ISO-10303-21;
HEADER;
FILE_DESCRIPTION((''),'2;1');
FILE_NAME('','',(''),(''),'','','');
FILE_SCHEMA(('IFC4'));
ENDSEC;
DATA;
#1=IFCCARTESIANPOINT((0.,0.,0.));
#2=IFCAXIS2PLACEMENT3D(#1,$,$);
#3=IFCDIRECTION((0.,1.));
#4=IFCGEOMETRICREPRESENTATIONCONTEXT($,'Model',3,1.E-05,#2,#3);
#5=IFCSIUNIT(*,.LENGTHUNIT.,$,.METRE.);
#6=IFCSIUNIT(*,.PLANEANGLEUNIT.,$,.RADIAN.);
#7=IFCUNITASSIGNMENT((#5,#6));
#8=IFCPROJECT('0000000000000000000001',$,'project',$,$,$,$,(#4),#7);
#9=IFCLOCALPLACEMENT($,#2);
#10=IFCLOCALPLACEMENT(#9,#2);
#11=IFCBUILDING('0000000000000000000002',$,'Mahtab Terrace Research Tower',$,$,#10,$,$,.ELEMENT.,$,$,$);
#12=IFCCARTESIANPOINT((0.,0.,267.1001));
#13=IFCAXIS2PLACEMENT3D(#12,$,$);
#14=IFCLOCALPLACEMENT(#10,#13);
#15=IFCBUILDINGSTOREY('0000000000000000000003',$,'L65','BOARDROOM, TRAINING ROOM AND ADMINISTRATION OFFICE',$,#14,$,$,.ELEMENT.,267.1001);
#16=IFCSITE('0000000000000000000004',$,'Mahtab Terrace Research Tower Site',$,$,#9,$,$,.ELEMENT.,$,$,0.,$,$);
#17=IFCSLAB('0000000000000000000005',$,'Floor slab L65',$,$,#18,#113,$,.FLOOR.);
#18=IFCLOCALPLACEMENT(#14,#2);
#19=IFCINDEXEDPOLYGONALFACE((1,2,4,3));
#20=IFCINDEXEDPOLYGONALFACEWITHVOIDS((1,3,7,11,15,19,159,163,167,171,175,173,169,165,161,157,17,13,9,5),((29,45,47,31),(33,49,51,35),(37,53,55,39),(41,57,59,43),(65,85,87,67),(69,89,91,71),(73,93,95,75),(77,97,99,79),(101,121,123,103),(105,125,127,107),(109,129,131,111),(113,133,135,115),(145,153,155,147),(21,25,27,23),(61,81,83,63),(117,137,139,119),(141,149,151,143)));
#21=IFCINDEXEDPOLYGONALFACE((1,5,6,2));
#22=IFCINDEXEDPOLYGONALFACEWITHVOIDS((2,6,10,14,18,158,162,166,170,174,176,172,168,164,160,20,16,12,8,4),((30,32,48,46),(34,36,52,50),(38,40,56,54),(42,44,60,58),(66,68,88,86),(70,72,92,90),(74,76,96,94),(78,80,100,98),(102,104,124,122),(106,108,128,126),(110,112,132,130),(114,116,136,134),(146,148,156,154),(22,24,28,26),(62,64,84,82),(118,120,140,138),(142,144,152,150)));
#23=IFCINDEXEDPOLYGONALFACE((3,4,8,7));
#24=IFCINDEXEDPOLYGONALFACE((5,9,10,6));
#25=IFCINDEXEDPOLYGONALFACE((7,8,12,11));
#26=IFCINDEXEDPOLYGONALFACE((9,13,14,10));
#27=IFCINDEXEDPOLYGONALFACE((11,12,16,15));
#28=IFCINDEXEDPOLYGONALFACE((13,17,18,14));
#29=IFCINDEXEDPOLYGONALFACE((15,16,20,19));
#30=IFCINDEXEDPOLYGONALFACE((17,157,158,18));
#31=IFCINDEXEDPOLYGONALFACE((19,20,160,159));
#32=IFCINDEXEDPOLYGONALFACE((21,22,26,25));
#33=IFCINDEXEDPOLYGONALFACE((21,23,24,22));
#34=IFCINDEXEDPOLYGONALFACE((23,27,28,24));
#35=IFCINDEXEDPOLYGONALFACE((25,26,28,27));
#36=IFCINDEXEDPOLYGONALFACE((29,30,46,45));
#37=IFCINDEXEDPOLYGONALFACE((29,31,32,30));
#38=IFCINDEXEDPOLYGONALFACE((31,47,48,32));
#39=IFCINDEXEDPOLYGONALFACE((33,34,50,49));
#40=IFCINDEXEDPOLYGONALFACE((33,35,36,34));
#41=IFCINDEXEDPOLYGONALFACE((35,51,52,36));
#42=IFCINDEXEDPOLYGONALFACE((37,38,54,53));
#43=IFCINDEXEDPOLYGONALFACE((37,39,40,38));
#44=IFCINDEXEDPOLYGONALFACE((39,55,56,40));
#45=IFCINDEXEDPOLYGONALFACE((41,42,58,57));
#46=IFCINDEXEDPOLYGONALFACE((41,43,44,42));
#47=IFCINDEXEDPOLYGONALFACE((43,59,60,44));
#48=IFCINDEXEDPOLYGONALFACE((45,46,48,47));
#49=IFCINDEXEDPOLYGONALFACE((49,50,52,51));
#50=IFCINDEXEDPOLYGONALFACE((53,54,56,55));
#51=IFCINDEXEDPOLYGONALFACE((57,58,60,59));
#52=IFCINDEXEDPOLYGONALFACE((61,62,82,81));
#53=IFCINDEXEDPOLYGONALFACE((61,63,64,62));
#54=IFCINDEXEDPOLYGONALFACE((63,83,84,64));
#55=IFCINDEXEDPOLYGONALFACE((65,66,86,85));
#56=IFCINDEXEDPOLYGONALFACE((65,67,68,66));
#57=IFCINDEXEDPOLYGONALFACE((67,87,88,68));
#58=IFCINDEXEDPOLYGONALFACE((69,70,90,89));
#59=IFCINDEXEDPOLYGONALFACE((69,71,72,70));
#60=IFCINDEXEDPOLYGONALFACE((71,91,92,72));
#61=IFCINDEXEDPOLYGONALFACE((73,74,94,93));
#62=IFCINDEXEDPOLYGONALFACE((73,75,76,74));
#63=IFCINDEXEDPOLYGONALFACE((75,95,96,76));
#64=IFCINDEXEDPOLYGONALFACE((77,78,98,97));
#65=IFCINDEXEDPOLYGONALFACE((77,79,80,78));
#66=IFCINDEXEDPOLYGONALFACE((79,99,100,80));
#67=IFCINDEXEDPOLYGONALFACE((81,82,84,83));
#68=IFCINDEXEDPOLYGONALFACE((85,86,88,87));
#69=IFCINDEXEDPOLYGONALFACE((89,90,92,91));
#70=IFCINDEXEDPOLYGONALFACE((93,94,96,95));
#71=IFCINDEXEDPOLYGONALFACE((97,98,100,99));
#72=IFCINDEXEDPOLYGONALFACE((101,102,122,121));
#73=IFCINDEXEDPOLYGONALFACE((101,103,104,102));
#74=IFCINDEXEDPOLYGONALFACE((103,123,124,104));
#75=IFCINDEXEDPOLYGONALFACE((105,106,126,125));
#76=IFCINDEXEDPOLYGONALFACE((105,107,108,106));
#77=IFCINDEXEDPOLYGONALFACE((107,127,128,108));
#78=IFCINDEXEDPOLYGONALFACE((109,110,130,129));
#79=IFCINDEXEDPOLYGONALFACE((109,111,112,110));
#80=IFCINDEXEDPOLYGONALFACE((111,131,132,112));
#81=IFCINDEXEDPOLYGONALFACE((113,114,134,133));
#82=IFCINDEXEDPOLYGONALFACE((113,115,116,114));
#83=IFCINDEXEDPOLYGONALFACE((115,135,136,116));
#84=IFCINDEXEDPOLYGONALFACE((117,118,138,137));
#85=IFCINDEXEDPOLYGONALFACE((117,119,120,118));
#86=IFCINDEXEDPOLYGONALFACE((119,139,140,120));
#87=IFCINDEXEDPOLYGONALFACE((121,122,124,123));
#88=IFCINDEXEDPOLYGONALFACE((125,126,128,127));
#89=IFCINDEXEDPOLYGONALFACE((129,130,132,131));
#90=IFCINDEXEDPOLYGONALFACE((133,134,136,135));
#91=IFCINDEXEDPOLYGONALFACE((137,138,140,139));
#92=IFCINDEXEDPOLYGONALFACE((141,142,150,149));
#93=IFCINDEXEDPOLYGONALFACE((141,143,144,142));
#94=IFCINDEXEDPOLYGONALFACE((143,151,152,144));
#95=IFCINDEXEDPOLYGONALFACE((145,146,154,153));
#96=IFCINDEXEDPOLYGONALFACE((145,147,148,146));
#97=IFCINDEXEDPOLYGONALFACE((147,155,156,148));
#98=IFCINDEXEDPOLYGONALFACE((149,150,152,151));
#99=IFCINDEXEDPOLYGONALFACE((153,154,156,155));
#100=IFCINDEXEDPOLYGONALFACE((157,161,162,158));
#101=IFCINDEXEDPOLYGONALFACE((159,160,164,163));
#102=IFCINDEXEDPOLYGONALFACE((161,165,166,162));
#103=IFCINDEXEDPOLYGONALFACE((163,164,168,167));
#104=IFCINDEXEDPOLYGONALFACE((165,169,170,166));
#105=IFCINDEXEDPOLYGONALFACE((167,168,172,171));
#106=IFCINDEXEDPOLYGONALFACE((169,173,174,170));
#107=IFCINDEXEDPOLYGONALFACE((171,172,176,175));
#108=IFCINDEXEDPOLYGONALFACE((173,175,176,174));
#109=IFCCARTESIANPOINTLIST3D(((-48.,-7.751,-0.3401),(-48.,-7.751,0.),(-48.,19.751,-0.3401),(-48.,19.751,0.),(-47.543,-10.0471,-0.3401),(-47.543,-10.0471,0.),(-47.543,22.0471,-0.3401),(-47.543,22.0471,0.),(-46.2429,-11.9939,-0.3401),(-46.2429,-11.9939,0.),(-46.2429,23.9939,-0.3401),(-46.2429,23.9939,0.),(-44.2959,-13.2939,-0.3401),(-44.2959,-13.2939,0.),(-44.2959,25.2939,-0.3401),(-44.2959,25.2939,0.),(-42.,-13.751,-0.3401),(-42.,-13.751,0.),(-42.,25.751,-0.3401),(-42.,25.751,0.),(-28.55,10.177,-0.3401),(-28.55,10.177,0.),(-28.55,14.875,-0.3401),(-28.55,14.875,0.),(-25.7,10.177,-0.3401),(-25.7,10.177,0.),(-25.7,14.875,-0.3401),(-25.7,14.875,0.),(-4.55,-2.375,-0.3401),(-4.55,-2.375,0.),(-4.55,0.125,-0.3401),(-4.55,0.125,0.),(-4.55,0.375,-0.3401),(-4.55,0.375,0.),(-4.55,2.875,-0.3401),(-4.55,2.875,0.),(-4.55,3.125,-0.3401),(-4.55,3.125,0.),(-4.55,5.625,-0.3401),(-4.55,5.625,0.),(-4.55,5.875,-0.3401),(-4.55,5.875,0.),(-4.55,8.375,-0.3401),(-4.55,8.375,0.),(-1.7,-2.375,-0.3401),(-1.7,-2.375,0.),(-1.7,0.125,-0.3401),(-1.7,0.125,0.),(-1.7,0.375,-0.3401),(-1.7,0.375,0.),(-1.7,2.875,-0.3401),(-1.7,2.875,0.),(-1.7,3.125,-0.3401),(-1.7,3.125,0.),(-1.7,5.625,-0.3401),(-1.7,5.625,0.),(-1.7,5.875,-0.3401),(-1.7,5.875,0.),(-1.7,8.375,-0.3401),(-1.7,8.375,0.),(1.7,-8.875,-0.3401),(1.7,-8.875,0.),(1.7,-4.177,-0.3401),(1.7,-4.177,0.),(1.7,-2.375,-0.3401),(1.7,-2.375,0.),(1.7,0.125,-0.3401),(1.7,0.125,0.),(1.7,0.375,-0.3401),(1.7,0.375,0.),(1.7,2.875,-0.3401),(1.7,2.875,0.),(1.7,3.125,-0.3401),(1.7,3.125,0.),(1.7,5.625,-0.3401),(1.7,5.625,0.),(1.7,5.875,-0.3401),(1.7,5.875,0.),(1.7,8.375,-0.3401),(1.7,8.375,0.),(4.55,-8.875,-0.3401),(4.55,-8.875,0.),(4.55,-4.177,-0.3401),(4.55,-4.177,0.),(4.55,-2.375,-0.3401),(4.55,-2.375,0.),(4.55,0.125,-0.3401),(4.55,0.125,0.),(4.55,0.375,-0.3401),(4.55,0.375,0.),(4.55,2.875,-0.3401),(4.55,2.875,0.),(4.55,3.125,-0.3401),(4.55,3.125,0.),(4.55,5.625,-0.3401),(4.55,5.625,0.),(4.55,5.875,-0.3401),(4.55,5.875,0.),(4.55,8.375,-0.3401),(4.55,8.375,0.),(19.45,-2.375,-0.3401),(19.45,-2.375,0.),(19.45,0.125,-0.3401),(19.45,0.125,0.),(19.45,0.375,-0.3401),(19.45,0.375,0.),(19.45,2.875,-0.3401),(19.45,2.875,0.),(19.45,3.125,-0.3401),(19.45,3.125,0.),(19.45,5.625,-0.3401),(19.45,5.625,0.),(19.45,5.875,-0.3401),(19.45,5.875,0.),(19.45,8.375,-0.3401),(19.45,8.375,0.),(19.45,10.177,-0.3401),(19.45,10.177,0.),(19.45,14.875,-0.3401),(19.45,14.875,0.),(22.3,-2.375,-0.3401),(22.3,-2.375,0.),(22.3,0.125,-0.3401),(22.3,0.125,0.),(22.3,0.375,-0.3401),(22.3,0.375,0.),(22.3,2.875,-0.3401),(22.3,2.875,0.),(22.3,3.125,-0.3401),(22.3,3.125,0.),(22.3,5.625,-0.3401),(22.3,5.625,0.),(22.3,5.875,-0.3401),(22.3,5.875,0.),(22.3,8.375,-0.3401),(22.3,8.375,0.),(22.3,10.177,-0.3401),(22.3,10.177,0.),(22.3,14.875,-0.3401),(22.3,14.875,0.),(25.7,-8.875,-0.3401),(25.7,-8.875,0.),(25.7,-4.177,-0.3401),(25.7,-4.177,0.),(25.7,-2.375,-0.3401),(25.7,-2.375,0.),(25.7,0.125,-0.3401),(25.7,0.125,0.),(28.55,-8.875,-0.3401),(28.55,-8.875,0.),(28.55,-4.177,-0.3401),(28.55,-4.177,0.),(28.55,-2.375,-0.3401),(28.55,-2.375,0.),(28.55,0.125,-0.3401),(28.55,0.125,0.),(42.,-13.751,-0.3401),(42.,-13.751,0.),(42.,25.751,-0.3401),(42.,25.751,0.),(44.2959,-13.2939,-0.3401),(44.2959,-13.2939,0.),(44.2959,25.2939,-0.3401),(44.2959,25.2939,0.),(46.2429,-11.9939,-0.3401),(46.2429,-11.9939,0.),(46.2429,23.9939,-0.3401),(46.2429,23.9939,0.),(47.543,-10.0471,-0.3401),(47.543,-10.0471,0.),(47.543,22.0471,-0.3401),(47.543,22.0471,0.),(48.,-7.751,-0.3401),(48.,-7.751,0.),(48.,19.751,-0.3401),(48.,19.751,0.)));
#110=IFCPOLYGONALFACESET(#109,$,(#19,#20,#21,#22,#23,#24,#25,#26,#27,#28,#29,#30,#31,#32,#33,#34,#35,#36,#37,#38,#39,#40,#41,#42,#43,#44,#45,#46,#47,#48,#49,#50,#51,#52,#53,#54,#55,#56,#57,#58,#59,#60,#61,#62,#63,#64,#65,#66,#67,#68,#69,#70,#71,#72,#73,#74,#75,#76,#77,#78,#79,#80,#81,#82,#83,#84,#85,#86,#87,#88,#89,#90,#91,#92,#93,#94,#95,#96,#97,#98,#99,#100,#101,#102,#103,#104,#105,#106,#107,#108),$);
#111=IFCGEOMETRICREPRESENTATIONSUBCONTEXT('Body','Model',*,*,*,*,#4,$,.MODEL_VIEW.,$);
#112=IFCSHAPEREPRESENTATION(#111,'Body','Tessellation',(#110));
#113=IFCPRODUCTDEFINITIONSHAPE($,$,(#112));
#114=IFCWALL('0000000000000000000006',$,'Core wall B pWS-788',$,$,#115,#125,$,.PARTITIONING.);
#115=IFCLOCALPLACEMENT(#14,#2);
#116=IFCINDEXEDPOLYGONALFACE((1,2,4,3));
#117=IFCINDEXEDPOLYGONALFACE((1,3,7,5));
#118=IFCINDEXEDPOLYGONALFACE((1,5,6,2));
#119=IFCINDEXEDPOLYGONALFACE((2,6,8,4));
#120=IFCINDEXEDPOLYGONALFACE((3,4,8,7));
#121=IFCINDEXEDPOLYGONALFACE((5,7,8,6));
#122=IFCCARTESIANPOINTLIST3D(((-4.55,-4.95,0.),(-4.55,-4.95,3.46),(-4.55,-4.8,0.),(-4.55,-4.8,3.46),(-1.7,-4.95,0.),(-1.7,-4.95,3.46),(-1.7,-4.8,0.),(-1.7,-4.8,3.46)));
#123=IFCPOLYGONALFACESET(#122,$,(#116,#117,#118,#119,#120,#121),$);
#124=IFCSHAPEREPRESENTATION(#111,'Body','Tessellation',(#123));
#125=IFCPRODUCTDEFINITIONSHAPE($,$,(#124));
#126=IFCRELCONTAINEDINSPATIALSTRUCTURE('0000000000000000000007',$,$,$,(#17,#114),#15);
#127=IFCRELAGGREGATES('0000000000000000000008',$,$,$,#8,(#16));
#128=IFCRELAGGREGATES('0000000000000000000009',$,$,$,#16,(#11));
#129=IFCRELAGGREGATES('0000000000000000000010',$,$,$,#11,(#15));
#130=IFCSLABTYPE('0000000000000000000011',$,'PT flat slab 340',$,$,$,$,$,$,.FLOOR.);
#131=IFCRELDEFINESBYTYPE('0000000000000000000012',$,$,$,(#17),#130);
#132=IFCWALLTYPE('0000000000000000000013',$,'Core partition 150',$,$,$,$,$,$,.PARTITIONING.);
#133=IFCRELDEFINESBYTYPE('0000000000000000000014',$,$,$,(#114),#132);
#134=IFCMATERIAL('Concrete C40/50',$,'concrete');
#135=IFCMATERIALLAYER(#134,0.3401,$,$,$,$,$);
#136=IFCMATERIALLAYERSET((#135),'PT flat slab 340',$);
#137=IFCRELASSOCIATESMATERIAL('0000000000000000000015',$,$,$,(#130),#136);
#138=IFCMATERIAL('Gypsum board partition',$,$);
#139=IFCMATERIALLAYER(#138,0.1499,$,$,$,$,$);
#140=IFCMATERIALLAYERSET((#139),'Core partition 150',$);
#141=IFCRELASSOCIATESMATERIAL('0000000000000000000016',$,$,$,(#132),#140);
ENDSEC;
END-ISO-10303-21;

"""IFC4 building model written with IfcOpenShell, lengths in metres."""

from ifc_helpers import new_model, si_unit, direction, frame, frame_2d, origin, place, context, subcontext, project, spatial, polyline, rectangle, outline, extrude, material, layer, layer_set, type_object, element, save


model = new_model("IFC4")

# Units and contexts
model_context = context("Model", 3, precision=1e-05, world=origin(), true_north=direction((0.0, 1.0)))
body_context = subcontext(model_context, "Body", "Model", "MODEL_VIEW")
ifc_project = project(units=[si_unit("LENGTHUNIT", "METRE"), si_unit("PLANEANGLEUNIT", "RADIAN")], contexts=[model_context])

# Site, building, storey
site_placement = place(None, origin())
site = spatial("IfcSite", under=ifc_project, at=site_placement, Name="Mahtab Terrace Research Tower Site", CompositionType="ELEMENT", RefElevation=0.0)
building_placement = place(site_placement, origin())
building = spatial("IfcBuilding", under=site, at=building_placement, Name="Mahtab Terrace Research Tower", CompositionType="ELEMENT")
storey_placement = place(building_placement, frame((0.0, 0.0, 267.1001)))
storey = spatial("IfcBuildingStorey", under=building, at=storey_placement, Name="L65", Description="BOARDROOM, TRAINING ROOM AND ADMINISTRATION OFFICE", CompositionType="ELEMENT", Elevation=267.1001)

# Slab
ifc_material_1 = material(Name="Concrete C40/50", Category="concrete")
ifc_layer_1 = layer(ifc_material_1, 0.3401)
ifc_layer_set_1 = layer_set([ifc_layer_1], Name="PT flat slab 340")
slab_type = type_object("IfcSlabType", Name="PT flat slab 340", PredefinedType="FLOOR", material=ifc_layer_set_1)
slab_placement = place(storey_placement, frame((0.0, 0.0, -0.3401)))
element("IfcSlab", 1, at=slab_placement, inside=storey, type_object=slab_type, Name="Floor slab L65", PredefinedType="FLOOR", context=body_context, shape_type="SweptSolid", body=[
    extrude(outline(polyline([(47.543, 22.0471), (46.2429, 23.9939), (44.2959, 25.2939), (42.0, 25.751), (-42.0, 25.751), (-44.2959, 25.2939), (-46.2429, 23.9939), (-47.543, 22.0471), (-48.0, 19.751), (-48.0, -7.751), (-47.543, -10.0471), (-46.2429, -11.9939), (-44.2959, -13.2939), (-42.0, -13.751), (42.0, -13.751), (44.2959, -13.2939), (46.2429, -11.9939), (47.543, -10.0471), (48.0, -7.751), (48.0, 19.751), (47.543, 22.0471)]), holes=[polyline([(-4.55, -2.375), (-4.55, 0.125), (-1.7, 0.125), (-1.7, -2.375), (-4.55, -2.375)]), polyline([(1.7, -2.375), (1.7, 0.125), (4.55, 0.125), (4.55, -2.375), (1.7, -2.375)]), polyline([(-4.55, 0.375), (-4.55, 2.875), (-1.7, 2.875), (-1.7, 0.375), (-4.55, 0.375)]), polyline([(1.7, 0.375), (1.7, 2.875), (4.55, 2.875), (4.55, 0.375), (1.7, 0.375)]), polyline([(-4.55, 3.125), (-4.55, 5.625), (-1.7, 5.625), (-1.7, 3.125), (-4.55, 3.125)]), polyline([(1.7, 3.125), (1.7, 5.625), (4.55, 5.625), (4.55, 3.125), (1.7, 3.125)]), polyline([(-4.55, 5.875), (-4.55, 8.375), (-1.7, 8.375), (-1.7, 5.875), (-4.55, 5.875)]), polyline([(1.7, 5.875), (1.7, 8.375), (4.55, 8.375), (4.55, 5.875), (1.7, 5.875)]), polyline([(-28.55, 10.177), (-28.55, 14.875), (-25.7, 14.875), (-25.7, 10.177), (-28.55, 10.177)]), polyline([(1.7, -8.875), (1.7, -4.177), (4.55, -4.177), (4.55, -8.875), (1.7, -8.875)]), polyline([(25.7, -8.875), (25.7, -4.177), (28.55, -4.177), (28.55, -8.875), (25.7, -8.875)]), polyline([(19.45, -2.375), (19.45, 0.125), (22.3, 0.125), (22.3, -2.375), (19.45, -2.375)]), polyline([(25.7, -2.375), (25.7, 0.125), (28.55, 0.125), (28.55, -2.375), (25.7, -2.375)]), polyline([(19.45, 0.375), (19.45, 2.875), (22.3, 2.875), (22.3, 0.375), (19.45, 0.375)]), polyline([(19.45, 3.125), (19.45, 5.625), (22.3, 5.625), (22.3, 3.125), (19.45, 3.125)]), polyline([(19.45, 8.375), (22.3, 8.375), (22.3, 5.875), (19.45, 5.875), (19.45, 8.375)]), polyline([(19.45, 14.875), (22.3, 14.875), (22.3, 10.177), (19.45, 10.177), (19.45, 14.875)])]), origin(), (0.0, 0.0, 1.0), 0.3401),
])

# Wall
ifc_material_2 = material(Name="Gypsum board partition")
ifc_layer_2 = layer(ifc_material_2, 0.1499)
ifc_layer_set_2 = layer_set([ifc_layer_2], Name="Core partition 150")
wall_type_1 = type_object("IfcWallType", Name="Core partition 150", PredefinedType="PARTITIONING", material=ifc_layer_set_2)
wall_1_placement = place(storey_placement, frame((-4.55, -4.875, 0.0), z_axis=(0.0, 0.0, 1.0), x_axis=(1.0, 0.0, 0.0)))
element("IfcWall", 2, at=wall_1_placement, inside=storey, type_object=wall_type_1, Name="Core wall B pWS-788", PredefinedType="PARTITIONING", context=body_context, shape_type="SweptSolid", body=[
    extrude(rectangle(XDim=2.8501, YDim=0.1499, at=frame_2d((1.425, 0.0))), origin(), (0.0, 0.0, 1.0), 3.46),
])

save(model, "model.ifc")
